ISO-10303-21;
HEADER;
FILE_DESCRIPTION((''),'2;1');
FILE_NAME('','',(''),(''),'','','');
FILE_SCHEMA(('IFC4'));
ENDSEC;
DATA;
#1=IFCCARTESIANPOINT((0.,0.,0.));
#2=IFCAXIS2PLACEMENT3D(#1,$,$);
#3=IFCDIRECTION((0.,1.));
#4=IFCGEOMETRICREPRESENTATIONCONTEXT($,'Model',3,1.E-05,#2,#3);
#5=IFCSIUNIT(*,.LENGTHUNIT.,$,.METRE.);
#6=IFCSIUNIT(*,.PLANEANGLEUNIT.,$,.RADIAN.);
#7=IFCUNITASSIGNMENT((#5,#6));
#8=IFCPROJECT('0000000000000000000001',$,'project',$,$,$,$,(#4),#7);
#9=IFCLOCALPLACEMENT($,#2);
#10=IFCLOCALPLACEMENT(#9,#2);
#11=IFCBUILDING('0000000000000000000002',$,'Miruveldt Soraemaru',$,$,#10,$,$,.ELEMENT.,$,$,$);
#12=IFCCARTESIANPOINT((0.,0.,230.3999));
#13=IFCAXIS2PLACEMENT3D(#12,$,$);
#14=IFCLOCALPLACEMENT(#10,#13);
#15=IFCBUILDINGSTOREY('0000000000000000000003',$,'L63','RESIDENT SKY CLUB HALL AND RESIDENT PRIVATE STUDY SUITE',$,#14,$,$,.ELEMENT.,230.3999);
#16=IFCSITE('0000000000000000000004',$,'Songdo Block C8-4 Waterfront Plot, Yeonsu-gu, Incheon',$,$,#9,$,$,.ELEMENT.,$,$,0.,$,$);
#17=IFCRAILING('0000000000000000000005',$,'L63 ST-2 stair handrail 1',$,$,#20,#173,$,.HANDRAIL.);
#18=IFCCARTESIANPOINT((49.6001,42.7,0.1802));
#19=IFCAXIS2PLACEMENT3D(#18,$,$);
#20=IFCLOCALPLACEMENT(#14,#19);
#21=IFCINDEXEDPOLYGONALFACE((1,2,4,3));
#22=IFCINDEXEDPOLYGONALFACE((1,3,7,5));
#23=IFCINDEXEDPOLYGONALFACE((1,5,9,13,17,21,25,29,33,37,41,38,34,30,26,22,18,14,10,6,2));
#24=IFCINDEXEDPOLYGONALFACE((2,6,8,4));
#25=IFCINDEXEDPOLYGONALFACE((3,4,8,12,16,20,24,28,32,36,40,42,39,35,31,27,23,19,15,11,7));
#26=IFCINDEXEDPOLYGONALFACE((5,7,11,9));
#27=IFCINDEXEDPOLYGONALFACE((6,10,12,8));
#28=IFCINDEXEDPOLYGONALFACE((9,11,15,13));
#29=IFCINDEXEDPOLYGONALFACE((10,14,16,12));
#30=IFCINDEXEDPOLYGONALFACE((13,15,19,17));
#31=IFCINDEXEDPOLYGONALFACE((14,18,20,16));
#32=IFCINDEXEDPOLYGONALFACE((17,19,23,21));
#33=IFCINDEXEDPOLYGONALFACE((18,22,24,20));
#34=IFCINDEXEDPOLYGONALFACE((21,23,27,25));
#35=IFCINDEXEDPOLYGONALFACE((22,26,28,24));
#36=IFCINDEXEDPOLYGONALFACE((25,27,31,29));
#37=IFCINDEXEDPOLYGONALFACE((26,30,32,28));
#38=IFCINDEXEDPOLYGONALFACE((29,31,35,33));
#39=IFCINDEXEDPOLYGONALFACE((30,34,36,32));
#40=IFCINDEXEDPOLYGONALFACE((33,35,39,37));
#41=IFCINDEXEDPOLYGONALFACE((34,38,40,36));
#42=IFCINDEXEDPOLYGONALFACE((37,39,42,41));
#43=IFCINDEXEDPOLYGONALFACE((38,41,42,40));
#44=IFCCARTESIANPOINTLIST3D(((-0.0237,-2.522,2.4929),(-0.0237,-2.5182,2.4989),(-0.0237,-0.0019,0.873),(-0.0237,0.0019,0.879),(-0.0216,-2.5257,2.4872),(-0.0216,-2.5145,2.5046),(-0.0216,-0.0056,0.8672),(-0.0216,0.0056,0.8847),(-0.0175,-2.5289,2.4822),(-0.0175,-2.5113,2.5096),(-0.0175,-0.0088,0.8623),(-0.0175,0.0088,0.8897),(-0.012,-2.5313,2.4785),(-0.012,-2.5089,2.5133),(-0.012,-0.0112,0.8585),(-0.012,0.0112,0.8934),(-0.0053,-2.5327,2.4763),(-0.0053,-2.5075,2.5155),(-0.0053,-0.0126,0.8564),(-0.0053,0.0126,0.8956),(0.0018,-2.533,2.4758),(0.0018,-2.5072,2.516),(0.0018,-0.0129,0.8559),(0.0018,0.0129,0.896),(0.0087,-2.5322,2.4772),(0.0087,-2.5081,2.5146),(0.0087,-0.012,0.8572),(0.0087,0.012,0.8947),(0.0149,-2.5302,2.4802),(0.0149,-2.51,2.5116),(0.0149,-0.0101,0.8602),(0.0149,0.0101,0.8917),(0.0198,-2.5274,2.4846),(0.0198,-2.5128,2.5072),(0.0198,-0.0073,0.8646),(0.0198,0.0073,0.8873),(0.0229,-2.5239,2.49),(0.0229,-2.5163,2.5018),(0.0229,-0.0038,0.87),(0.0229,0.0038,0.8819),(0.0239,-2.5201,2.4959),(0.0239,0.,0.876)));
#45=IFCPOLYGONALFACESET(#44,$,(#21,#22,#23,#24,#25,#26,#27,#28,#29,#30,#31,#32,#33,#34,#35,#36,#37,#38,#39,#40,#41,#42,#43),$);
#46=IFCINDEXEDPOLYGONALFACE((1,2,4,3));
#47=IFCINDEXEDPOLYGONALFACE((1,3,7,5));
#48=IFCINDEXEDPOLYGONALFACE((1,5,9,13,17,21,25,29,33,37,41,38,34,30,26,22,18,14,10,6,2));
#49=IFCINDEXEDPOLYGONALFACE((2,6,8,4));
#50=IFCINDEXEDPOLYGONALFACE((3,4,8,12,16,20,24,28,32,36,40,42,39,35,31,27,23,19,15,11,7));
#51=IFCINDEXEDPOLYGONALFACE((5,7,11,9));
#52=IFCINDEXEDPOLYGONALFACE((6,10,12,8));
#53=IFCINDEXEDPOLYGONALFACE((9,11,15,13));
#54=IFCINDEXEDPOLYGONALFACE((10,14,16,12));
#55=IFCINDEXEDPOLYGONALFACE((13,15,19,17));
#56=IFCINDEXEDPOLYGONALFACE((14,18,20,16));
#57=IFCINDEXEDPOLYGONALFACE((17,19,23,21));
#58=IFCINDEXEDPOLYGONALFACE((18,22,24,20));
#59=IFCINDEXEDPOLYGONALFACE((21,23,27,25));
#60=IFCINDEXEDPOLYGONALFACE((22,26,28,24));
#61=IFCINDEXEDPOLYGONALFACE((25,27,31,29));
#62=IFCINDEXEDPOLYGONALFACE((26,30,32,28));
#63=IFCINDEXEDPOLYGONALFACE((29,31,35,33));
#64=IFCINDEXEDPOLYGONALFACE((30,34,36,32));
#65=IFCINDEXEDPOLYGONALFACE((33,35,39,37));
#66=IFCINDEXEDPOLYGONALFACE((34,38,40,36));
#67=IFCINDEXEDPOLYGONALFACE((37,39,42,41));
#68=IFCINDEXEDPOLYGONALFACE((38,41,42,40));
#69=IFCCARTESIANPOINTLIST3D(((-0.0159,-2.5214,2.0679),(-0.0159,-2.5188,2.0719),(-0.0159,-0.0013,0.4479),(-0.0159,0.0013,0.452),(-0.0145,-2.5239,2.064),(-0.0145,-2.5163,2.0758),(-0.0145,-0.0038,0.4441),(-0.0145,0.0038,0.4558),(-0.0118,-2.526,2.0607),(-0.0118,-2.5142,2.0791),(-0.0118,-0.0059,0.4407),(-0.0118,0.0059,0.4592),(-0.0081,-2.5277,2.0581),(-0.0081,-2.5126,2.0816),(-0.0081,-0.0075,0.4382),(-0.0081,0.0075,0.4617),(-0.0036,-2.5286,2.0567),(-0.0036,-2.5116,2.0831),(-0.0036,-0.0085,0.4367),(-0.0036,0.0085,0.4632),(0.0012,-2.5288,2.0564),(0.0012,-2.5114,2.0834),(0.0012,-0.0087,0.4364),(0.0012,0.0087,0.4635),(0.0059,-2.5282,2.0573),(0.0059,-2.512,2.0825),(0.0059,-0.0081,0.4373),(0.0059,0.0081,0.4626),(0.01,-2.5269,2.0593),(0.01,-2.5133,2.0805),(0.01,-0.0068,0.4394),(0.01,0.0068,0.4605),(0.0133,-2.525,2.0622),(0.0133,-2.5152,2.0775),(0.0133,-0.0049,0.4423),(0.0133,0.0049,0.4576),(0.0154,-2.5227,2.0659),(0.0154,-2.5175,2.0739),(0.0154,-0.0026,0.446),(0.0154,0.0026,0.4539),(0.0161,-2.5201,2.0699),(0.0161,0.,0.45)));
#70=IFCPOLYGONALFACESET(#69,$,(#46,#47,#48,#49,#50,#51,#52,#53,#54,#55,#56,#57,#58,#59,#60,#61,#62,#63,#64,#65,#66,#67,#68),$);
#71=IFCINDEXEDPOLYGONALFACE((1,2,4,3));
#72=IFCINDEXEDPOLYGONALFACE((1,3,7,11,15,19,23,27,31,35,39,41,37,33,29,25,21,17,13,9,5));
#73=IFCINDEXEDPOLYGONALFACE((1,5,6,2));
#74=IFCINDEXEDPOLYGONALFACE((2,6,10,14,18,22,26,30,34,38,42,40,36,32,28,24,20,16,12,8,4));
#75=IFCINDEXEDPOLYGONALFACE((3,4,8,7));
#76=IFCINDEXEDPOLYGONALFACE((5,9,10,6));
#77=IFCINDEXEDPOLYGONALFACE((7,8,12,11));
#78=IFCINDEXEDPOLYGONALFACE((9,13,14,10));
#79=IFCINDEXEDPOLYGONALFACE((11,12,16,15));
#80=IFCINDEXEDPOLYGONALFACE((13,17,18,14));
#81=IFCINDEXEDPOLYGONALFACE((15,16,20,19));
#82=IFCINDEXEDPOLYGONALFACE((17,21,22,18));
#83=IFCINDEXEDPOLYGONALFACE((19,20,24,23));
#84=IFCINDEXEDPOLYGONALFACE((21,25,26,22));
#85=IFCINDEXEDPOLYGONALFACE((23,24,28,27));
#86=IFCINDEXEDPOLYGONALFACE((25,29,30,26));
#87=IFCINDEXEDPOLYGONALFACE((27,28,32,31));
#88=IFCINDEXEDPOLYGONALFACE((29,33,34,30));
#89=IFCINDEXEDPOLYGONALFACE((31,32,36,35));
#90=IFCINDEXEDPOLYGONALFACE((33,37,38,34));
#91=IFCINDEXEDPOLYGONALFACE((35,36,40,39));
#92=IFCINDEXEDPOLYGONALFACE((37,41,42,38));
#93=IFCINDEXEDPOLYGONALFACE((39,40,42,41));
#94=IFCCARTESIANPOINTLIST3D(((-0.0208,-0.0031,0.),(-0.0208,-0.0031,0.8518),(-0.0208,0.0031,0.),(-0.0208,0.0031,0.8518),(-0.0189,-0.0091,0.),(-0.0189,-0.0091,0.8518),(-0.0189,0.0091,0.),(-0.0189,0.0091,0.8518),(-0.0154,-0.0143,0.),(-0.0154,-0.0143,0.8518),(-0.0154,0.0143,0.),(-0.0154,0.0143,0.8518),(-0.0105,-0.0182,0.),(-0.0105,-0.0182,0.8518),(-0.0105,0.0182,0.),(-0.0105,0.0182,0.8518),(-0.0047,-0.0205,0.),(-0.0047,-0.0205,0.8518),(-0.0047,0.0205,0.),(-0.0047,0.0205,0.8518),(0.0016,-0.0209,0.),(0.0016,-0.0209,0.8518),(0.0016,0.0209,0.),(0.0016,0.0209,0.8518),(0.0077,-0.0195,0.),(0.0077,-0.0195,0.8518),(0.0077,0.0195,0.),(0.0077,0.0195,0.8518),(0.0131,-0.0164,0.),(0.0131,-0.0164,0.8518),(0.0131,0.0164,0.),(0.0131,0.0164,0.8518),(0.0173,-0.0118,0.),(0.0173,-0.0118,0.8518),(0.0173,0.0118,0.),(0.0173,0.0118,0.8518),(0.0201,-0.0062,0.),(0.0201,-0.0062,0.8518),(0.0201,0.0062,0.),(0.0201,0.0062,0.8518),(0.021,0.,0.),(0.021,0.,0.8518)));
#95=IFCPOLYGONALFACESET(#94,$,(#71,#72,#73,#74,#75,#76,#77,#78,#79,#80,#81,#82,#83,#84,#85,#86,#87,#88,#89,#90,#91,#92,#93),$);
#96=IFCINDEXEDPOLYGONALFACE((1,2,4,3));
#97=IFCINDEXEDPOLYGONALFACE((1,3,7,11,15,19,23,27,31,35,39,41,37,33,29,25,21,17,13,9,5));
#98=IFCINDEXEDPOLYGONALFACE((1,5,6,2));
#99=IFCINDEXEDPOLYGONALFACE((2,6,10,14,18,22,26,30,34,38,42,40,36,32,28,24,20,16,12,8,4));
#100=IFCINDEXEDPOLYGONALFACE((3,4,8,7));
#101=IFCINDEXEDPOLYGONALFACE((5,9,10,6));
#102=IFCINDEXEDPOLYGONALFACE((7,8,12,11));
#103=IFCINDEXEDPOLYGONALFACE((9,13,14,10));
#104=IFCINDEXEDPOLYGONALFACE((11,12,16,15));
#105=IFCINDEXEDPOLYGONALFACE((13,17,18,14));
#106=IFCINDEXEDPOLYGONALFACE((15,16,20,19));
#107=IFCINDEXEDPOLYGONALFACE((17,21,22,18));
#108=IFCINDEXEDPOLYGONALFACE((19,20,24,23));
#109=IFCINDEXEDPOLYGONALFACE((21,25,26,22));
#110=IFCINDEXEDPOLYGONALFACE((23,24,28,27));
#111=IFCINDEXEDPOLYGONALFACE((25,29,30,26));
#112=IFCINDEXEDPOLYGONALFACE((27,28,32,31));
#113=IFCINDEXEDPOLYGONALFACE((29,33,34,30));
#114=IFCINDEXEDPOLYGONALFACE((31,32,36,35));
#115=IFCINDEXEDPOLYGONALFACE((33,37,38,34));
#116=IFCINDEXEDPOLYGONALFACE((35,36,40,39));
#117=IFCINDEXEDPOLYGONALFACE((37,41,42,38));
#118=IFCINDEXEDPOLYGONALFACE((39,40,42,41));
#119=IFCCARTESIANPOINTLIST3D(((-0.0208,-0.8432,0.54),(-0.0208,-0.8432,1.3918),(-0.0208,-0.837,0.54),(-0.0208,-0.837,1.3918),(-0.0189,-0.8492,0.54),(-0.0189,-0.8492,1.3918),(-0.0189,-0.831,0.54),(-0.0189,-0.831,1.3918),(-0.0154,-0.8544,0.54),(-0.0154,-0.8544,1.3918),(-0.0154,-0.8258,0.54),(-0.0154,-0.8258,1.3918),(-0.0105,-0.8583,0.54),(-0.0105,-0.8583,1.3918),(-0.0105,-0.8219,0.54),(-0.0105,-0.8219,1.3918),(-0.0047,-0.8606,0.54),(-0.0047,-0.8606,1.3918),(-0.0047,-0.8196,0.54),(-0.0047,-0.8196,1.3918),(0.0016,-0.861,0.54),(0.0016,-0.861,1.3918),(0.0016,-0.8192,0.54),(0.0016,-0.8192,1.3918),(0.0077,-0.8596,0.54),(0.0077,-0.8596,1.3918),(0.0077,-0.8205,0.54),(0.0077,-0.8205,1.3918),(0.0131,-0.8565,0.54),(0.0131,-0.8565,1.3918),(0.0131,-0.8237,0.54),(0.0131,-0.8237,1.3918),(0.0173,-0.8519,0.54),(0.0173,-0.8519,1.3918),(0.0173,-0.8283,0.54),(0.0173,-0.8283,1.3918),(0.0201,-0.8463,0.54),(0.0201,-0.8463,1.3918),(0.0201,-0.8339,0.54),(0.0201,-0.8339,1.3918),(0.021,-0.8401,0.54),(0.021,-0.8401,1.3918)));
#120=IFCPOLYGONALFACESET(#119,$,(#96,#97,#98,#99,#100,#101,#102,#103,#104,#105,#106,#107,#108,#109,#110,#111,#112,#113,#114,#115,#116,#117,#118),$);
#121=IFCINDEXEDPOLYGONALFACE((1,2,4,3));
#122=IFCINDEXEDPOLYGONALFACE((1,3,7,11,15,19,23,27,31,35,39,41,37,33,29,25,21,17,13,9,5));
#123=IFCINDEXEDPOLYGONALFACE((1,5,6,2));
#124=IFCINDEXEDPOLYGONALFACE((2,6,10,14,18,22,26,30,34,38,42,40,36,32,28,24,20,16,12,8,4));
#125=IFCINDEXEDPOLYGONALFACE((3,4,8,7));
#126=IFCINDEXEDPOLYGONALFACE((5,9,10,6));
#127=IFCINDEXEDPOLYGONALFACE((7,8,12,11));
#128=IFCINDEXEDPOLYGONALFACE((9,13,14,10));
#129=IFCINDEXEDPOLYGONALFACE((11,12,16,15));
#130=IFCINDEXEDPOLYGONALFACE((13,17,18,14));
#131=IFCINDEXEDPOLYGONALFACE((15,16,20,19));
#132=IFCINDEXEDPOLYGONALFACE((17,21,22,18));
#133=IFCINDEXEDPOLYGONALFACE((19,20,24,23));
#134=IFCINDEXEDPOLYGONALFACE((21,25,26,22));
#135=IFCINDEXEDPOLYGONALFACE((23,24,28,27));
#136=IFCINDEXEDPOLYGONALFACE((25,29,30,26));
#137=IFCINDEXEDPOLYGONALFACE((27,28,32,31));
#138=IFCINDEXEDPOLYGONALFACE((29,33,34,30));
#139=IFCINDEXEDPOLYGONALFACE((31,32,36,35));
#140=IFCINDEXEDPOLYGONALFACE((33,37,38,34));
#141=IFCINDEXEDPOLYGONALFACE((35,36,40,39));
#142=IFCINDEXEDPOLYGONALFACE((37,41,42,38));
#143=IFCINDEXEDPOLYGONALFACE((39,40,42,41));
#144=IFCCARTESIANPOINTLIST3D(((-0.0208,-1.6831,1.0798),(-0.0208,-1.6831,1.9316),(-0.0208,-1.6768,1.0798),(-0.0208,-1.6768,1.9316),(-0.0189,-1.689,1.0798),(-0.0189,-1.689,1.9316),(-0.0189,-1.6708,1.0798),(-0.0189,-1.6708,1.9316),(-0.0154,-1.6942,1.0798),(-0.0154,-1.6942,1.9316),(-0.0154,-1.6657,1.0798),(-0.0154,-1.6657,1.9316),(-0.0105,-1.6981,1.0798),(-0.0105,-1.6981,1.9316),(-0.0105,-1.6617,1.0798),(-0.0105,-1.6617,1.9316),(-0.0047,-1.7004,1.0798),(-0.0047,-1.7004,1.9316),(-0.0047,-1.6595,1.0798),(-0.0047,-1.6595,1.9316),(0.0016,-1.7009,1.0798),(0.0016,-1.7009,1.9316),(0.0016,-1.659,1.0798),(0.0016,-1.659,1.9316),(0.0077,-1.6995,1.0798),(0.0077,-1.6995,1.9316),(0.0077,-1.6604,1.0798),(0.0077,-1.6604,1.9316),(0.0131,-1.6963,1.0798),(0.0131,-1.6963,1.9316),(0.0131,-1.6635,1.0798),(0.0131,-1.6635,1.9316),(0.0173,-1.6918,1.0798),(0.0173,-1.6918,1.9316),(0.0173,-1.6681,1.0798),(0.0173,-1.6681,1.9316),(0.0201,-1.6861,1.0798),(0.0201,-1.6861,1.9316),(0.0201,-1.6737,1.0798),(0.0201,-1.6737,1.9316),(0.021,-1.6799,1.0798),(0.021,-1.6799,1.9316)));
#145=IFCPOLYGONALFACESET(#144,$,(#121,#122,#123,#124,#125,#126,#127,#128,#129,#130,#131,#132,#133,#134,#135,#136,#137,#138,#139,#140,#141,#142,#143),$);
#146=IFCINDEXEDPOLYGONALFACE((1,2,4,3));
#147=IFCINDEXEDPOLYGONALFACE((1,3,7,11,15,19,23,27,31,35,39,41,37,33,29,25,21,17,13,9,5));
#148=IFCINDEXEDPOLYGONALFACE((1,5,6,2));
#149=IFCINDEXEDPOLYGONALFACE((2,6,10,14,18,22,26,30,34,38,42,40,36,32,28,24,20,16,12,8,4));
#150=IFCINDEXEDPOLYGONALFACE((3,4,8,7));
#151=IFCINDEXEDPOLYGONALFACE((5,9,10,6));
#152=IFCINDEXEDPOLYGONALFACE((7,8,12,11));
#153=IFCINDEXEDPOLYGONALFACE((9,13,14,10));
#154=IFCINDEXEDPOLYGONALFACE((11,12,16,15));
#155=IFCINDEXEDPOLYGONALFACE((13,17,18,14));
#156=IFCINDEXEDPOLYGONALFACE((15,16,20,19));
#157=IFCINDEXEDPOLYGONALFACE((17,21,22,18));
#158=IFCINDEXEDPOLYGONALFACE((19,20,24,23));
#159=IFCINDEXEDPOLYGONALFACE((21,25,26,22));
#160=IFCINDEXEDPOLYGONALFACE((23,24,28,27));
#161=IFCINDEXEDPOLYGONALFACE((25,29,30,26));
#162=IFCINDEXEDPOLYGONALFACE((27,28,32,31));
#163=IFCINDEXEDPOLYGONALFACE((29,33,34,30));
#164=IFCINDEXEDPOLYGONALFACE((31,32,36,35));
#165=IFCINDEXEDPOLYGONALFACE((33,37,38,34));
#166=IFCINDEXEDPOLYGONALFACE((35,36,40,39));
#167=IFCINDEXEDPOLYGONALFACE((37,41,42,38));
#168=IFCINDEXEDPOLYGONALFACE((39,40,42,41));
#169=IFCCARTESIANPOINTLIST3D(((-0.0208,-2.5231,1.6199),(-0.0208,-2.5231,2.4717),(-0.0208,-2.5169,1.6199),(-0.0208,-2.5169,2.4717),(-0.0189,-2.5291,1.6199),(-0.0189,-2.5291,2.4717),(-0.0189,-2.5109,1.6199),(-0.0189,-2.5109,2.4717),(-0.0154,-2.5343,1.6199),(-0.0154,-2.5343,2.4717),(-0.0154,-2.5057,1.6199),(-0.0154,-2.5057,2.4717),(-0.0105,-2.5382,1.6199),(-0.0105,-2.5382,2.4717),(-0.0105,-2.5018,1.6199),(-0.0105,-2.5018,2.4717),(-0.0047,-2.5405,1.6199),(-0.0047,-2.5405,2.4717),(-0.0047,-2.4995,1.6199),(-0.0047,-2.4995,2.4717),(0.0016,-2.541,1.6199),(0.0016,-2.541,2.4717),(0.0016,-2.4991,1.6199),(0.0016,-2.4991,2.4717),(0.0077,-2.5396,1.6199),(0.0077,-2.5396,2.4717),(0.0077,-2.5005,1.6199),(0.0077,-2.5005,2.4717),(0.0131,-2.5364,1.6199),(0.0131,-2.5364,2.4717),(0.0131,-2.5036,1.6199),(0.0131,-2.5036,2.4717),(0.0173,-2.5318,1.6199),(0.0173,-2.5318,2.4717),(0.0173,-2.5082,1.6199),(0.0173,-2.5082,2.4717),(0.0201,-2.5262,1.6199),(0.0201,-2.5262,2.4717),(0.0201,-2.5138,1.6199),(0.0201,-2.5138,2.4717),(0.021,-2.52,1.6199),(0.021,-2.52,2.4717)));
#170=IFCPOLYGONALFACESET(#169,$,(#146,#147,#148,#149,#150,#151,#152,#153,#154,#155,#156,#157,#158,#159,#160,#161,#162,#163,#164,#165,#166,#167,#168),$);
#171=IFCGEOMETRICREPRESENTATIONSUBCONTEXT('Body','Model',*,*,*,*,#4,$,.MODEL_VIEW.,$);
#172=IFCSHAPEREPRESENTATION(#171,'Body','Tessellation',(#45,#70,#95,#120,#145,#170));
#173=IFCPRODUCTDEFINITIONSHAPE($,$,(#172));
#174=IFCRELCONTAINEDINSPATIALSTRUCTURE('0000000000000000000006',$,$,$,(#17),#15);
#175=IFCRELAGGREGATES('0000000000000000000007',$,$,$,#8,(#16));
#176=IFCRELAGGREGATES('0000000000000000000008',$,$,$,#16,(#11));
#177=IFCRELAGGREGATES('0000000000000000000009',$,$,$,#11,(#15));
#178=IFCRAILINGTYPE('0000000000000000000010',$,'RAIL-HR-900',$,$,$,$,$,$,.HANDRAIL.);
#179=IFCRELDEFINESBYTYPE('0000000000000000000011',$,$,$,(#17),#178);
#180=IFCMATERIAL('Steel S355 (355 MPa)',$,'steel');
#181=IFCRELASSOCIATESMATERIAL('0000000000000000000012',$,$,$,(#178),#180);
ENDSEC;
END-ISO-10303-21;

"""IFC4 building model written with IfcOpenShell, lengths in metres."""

from ifc_helpers import new_model, si_unit, direction, frame, origin, origin_2d, place, context, subcontext, project, spatial, circle, extrude, material, type_object, element, save


model = new_model("IFC4")

# Units and contexts
model_context = context("Model", 3, precision=1e-05, world=origin(), true_north=direction((0.0, 1.0)))
body_context = subcontext(model_context, "Body", "Model", "MODEL_VIEW")
ifc_project = project(units=[si_unit("LENGTHUNIT", "METRE"), si_unit("PLANEANGLEUNIT", "RADIAN")], contexts=[model_context])

# Site, building, storey
site_placement = place(None, origin())
site = spatial("IfcSite", under=ifc_project, at=site_placement, Name="Songdo Block C8-4 Waterfront Plot, Yeonsu-gu, Incheon", CompositionType="ELEMENT", RefElevation=0.0)
building_placement = place(site_placement, origin())
building = spatial("IfcBuilding", under=site, at=building_placement, Name="Miruveldt Soraemaru", CompositionType="ELEMENT")
storey_placement = place(building_placement, frame((0.0, 0.0, 230.3999)))
storey = spatial("IfcBuildingStorey", under=building, at=storey_placement, Name="L63", Description="RESIDENT SKY CLUB HALL AND RESIDENT PRIVATE STUDY SUITE", CompositionType="ELEMENT", Elevation=230.3999)

# Railing
ifc_material_1 = material(Name="Steel S355 (355 MPa)", Category="steel")
railing_type_1 = type_object("IfcRailingType", Name="RAIL-HR-900", PredefinedType="HANDRAIL", material=ifc_material_1)
railing_1_placement = place(storey_placement, frame((49.6001, 42.7, 0.1802)))
element("IfcRailing", 1, at=railing_1_placement, inside=storey, type_object=railing_type_1, Name="L63 ST-2 stair handrail 1", PredefinedType="HANDRAIL", context=body_context, shape_type="SweptSolid", body=[
    extrude(circle(Radius=0.0239, at=origin_2d()), frame((0.0, 0.0, 0.876), z_axis=(0.0, -0.8412, 0.540725), x_axis=(1.0, 0.0, 0.0)), (0.0, 0.0, 1.0), 2.9958),
    extrude(circle(Radius=0.0161, at=origin_2d()), frame((0.0, 0.0, 0.45), z_axis=(0.0, -0.8412, 0.540725), x_axis=(1.0, 0.0, 0.0)), (0.0, 0.0, 1.0), 2.9958),
    extrude(circle(Radius=0.021, at=origin_2d()), origin(), (0.0, 0.0, 1.0), 0.8518),
    extrude(circle(Radius=0.021, at=origin_2d()), frame((0.0, -0.8401, 0.54)), (0.0, 0.0, 1.0), 0.8518),
    extrude(circle(Radius=0.021, at=origin_2d()), frame((0.0, -1.6799, 1.0798)), (0.0, 0.0, 1.0), 0.8518),
    extrude(circle(Radius=0.021, at=origin_2d()), frame((0.0, -2.52, 1.6199)), (0.0, 0.0, 1.0), 0.8518),
])

save(model, "model.ifc")
